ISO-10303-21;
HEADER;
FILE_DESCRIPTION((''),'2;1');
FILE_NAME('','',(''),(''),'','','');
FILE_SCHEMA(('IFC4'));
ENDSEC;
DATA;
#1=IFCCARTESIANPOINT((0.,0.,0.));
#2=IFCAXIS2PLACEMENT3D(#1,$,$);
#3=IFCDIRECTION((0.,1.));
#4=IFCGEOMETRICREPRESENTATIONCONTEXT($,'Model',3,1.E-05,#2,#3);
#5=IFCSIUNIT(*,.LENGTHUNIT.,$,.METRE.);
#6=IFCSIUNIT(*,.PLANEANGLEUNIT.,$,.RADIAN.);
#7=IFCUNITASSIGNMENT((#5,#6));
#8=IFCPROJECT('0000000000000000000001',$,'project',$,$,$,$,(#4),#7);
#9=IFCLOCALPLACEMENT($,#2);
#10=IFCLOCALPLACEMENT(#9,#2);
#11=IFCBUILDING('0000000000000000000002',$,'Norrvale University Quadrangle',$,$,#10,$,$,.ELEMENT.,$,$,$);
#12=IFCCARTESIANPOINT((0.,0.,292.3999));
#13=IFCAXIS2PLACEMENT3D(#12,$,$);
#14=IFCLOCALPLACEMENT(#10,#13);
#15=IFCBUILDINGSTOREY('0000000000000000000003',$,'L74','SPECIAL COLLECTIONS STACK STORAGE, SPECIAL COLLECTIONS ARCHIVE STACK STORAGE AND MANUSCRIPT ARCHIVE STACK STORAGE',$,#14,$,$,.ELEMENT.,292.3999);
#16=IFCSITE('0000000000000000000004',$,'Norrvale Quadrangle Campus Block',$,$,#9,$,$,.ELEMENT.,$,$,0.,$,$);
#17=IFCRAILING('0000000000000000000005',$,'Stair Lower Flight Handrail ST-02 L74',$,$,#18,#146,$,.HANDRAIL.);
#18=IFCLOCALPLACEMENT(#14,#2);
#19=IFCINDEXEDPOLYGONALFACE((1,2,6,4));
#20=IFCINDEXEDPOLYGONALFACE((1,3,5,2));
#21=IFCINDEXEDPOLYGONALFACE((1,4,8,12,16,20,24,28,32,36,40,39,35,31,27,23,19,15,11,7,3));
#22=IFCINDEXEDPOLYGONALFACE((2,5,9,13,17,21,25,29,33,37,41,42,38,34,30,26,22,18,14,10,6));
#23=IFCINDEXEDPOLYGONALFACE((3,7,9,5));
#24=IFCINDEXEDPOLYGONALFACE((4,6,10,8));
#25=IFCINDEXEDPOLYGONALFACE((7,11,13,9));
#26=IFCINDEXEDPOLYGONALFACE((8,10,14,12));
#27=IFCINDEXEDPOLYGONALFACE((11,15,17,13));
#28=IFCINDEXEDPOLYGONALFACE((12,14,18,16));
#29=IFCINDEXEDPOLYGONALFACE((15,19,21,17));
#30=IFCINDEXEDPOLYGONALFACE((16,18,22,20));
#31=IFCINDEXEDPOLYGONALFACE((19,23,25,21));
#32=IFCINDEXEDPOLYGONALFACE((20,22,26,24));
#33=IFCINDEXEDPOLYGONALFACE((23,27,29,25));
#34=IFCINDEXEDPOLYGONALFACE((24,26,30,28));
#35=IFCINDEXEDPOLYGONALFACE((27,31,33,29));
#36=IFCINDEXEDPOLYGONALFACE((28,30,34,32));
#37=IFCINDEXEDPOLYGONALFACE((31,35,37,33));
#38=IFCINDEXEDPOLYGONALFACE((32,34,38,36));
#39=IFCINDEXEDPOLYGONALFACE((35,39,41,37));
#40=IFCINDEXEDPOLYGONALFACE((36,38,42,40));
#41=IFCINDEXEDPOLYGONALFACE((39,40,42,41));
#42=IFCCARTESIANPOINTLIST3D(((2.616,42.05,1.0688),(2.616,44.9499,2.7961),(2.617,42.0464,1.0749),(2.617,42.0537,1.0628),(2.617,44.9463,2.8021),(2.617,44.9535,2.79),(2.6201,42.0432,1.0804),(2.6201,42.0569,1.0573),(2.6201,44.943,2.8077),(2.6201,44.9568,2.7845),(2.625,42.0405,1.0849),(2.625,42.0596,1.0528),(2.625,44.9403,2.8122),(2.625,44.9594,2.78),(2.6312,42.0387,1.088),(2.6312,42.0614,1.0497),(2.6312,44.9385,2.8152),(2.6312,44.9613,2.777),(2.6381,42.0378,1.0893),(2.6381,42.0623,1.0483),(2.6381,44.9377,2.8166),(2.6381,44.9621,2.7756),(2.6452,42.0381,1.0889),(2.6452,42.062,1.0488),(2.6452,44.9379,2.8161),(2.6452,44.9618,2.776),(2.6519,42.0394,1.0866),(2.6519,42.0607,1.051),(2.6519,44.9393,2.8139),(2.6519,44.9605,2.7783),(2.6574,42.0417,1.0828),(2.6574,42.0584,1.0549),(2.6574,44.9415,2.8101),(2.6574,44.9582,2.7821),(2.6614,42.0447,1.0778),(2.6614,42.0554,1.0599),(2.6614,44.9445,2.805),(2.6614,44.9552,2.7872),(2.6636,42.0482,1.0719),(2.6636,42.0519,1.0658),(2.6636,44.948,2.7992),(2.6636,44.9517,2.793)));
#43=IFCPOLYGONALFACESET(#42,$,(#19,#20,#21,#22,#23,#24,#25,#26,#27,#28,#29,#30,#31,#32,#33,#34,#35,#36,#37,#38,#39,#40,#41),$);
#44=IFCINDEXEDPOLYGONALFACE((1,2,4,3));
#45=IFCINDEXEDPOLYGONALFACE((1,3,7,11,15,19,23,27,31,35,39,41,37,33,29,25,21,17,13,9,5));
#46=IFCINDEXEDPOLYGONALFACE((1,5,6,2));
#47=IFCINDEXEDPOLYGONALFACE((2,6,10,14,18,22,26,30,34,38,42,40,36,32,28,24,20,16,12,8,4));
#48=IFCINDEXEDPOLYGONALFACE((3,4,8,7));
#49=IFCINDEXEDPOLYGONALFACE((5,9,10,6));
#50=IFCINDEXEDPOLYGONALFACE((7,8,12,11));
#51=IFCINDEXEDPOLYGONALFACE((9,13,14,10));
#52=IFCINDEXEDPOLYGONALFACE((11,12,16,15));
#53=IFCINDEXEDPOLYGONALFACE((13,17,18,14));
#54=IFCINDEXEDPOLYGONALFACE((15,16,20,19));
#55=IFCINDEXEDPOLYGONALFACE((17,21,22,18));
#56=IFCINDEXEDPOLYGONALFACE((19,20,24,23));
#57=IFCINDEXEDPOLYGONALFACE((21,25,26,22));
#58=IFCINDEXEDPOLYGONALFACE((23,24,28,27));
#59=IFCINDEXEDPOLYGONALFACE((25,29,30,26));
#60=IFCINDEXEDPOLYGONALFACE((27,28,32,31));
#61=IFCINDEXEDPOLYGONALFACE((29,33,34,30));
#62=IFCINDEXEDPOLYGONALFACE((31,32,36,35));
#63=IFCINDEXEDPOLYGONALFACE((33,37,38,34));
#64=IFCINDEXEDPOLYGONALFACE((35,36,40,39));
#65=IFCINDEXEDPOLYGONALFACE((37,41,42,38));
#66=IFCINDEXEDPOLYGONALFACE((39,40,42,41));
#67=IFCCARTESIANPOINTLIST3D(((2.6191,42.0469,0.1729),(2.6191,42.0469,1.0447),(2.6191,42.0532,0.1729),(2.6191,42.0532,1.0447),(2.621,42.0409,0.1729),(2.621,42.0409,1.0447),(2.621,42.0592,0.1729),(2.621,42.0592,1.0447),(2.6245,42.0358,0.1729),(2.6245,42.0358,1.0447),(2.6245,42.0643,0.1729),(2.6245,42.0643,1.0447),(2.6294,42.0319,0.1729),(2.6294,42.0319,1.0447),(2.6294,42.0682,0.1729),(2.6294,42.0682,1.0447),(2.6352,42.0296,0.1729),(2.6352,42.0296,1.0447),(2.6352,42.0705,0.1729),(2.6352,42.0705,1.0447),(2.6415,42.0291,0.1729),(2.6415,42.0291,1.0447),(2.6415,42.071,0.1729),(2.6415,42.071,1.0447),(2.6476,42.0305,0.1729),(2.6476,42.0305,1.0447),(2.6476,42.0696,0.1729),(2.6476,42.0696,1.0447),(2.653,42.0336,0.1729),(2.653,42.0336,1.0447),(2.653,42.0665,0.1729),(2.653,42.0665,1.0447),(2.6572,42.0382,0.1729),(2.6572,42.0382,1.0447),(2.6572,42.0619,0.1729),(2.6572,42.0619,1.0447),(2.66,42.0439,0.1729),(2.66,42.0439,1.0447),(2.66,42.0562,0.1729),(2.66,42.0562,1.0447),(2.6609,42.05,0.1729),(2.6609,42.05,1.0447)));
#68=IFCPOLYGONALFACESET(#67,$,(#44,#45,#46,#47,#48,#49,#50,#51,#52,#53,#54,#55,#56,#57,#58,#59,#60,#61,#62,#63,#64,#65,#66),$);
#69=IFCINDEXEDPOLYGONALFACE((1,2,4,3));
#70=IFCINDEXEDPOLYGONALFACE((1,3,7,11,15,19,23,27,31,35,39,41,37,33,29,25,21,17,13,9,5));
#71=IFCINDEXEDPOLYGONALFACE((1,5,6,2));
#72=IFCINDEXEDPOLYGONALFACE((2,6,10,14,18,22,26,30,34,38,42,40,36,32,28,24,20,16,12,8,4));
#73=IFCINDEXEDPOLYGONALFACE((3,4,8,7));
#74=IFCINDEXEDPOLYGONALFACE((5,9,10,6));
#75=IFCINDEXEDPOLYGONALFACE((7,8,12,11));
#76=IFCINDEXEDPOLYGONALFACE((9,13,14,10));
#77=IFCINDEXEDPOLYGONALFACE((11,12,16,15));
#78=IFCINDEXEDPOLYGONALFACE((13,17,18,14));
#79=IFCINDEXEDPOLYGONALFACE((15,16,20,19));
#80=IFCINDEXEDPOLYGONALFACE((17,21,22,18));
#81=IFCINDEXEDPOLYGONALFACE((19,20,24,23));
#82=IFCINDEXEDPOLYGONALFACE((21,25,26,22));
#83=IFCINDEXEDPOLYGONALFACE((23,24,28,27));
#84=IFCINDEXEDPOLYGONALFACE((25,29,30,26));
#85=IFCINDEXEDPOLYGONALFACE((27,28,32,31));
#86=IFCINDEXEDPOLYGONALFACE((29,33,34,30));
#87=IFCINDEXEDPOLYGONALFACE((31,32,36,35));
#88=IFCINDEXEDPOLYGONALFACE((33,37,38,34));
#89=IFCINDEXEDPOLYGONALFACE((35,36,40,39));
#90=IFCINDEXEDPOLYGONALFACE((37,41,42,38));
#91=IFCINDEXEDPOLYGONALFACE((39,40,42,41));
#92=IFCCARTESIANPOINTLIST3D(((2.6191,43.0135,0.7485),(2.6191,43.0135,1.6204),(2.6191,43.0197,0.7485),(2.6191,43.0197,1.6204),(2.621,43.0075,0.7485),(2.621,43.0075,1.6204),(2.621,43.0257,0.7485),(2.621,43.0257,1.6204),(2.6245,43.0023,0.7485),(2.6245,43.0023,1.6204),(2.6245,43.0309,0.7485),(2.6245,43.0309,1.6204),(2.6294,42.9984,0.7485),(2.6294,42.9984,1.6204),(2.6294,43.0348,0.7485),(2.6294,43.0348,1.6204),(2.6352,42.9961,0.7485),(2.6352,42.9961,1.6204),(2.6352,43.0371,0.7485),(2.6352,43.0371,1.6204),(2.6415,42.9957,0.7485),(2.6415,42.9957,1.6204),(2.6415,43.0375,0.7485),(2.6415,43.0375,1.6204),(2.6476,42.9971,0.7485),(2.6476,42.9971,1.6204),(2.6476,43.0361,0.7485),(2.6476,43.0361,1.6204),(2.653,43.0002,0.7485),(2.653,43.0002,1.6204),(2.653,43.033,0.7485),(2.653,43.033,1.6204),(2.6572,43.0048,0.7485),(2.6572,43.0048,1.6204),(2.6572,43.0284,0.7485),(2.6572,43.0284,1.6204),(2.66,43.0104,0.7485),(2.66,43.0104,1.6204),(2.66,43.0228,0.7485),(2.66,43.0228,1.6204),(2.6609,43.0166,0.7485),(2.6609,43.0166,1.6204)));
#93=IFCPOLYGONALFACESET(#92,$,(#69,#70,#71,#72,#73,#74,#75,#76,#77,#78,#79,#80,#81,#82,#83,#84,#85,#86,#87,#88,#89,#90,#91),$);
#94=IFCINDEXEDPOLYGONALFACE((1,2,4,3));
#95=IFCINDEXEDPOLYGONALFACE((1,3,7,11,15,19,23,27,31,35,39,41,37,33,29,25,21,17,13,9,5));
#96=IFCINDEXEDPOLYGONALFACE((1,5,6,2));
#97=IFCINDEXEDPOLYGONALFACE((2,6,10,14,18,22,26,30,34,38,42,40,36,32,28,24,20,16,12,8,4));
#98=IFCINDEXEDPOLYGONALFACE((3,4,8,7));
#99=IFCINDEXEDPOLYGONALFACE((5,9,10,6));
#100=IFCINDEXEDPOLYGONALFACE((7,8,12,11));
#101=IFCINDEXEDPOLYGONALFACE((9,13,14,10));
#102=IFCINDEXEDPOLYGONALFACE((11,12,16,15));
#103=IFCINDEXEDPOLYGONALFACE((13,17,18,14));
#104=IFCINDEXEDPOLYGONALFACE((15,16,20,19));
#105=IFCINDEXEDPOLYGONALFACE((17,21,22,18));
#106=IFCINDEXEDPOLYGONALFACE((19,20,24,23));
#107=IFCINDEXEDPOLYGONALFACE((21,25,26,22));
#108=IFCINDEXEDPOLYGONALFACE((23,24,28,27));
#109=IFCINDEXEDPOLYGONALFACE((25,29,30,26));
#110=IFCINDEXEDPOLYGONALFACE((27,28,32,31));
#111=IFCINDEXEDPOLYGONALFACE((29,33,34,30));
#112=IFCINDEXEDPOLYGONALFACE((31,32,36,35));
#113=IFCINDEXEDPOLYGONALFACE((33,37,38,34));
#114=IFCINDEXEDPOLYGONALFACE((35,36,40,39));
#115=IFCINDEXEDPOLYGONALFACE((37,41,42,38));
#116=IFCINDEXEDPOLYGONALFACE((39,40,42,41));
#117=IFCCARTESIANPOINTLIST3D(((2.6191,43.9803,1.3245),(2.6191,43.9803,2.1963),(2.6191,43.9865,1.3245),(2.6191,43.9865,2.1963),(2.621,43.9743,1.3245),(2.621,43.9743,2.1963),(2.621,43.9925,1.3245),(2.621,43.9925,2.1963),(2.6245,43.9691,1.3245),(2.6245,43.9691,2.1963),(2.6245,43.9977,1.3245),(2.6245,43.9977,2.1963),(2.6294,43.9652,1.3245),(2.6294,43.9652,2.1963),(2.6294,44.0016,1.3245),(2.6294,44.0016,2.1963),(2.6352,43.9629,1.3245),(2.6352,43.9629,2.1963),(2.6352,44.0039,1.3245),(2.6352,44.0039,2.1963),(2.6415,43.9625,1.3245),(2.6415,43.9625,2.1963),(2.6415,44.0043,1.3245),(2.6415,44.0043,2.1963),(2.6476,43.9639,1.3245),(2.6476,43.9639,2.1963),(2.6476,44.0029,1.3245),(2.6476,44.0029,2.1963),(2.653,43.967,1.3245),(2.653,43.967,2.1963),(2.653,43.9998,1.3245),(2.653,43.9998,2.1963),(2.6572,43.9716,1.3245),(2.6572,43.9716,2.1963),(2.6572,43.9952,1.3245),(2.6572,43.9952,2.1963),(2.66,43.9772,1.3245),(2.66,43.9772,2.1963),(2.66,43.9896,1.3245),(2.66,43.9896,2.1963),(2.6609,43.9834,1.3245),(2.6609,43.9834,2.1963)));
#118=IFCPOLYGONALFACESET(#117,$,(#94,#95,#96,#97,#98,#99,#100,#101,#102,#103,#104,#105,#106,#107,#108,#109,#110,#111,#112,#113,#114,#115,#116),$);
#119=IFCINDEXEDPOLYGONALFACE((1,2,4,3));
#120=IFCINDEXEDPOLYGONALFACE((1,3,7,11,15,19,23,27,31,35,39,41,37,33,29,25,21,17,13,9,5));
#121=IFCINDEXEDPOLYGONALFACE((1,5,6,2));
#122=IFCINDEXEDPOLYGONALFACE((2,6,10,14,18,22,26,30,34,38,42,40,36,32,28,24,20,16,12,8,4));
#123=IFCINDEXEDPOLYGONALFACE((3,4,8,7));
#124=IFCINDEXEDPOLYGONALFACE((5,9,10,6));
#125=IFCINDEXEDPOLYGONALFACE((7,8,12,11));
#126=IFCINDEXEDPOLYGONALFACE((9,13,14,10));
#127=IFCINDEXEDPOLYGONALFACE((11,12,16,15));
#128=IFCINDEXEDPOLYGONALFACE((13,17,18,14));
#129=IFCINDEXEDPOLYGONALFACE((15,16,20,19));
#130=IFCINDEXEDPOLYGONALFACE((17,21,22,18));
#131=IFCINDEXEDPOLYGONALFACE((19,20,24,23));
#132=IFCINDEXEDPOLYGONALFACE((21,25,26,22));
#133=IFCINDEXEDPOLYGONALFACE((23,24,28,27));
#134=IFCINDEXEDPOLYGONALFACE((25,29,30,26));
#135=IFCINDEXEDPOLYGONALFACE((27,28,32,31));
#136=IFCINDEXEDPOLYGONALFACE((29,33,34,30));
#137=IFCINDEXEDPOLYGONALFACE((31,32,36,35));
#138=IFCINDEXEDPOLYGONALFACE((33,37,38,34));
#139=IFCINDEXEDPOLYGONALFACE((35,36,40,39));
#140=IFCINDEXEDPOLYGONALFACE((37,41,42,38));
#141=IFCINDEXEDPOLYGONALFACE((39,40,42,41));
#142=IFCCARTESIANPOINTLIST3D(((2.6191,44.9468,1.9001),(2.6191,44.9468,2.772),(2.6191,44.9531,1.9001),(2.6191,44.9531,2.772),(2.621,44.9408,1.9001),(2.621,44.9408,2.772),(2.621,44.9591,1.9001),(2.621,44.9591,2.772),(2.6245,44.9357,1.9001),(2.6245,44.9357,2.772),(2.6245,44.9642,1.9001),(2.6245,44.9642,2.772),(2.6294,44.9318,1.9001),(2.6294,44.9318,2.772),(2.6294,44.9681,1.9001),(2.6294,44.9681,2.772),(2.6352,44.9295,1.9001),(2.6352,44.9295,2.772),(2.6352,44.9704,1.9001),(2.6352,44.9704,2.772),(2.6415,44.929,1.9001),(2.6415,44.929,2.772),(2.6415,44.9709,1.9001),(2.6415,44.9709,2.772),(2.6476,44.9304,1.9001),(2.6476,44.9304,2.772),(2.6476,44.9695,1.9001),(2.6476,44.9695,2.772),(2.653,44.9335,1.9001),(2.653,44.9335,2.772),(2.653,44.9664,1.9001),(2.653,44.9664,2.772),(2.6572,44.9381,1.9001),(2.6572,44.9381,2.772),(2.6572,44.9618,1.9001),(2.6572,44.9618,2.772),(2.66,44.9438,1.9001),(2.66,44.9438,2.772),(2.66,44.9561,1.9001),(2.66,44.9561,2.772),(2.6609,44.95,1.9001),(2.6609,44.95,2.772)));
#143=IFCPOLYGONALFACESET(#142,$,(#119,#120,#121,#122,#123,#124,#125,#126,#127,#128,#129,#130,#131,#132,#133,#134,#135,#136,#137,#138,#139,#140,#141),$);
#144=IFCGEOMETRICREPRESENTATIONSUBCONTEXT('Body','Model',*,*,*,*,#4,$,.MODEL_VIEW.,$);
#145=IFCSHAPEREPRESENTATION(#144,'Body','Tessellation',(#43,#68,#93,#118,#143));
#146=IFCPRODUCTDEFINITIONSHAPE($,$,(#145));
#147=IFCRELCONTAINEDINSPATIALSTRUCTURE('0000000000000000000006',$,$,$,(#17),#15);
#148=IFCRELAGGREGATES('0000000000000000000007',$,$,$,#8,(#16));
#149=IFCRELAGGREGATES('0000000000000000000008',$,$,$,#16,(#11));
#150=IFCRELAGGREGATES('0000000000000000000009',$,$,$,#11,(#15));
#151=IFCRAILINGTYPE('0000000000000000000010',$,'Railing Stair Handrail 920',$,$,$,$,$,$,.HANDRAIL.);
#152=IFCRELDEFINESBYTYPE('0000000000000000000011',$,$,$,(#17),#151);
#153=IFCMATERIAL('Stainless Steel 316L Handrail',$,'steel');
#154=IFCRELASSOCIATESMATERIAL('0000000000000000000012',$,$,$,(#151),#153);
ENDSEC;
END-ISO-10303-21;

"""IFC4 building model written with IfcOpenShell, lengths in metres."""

from ifc_helpers import new_model, si_unit, direction, frame, origin, origin_2d, place, context, subcontext, project, spatial, circle, extrude, material, type_object, element, save


model = new_model("IFC4")

# Units and contexts
model_context = context("Model", 3, precision=1e-05, world=origin(), true_north=direction((0.0, 1.0)))
body_context = subcontext(model_context, "Body", "Model", "MODEL_VIEW")
ifc_project = project(units=[si_unit("LENGTHUNIT", "METRE"), si_unit("PLANEANGLEUNIT", "RADIAN")], contexts=[model_context])

# Site, building, storey
site_placement = place(None, origin())
site = spatial("IfcSite", under=ifc_project, at=site_placement, Name="Norrvale Quadrangle Campus Block", CompositionType="ELEMENT", RefElevation=0.0)
building_placement = place(site_placement, origin())
building = spatial("IfcBuilding", under=site, at=building_placement, Name="Norrvale University Quadrangle", CompositionType="ELEMENT")
storey_placement = place(building_placement, frame((0.0, 0.0, 292.3999)))
storey = spatial("IfcBuildingStorey", under=building, at=storey_placement, Name="L74", Description="SPECIAL COLLECTIONS STACK STORAGE, SPECIAL COLLECTIONS ARCHIVE STACK STORAGE AND MANUSCRIPT ARCHIVE STACK STORAGE", CompositionType="ELEMENT", Elevation=292.3999)

# Railing
ifc_material_1 = material(Name="Stainless Steel 316L Handrail", Category="steel")
railing_type_1 = type_object("IfcRailingType", Name="Railing Stair Handrail 920", PredefinedType="HANDRAIL", material=ifc_material_1)
railing_1_placement = place(storey_placement, frame((2.6399, 42.05, 0.1729)))
element("IfcRailing", 1, at=railing_1_placement, inside=storey, type_object=railing_type_1, Name="Stair Lower Flight Handrail ST-02 L74", PredefinedType="HANDRAIL", context=body_context, shape_type="SweptSolid", body=[
    extrude(circle(Radius=0.0239, at=origin_2d()), frame((0.0, 0.0, 0.896), z_axis=(0.0, 0.859141, 0.511738), x_axis=(-1.0, 0.0, 0.0)), (0.0, 0.0, 1.0), 3.3752),
    extrude(circle(Radius=0.021, at=origin_2d()), origin(), (0.0, 0.0, 1.0), 0.8718),
    extrude(circle(Radius=0.021, at=origin_2d()), frame((0.0, 0.9666, 0.5757)), (0.0, 0.0, 1.0), 0.8718),
    extrude(circle(Radius=0.021, at=origin_2d()), frame((0.0, 1.9333, 1.1516)), (0.0, 0.0, 1.0), 0.8718),
    extrude(circle(Radius=0.021, at=origin_2d()), frame((0.0, 2.8999, 1.7273)), (0.0, 0.0, 1.0), 0.8718),
])

save(model, "model.ifc")
